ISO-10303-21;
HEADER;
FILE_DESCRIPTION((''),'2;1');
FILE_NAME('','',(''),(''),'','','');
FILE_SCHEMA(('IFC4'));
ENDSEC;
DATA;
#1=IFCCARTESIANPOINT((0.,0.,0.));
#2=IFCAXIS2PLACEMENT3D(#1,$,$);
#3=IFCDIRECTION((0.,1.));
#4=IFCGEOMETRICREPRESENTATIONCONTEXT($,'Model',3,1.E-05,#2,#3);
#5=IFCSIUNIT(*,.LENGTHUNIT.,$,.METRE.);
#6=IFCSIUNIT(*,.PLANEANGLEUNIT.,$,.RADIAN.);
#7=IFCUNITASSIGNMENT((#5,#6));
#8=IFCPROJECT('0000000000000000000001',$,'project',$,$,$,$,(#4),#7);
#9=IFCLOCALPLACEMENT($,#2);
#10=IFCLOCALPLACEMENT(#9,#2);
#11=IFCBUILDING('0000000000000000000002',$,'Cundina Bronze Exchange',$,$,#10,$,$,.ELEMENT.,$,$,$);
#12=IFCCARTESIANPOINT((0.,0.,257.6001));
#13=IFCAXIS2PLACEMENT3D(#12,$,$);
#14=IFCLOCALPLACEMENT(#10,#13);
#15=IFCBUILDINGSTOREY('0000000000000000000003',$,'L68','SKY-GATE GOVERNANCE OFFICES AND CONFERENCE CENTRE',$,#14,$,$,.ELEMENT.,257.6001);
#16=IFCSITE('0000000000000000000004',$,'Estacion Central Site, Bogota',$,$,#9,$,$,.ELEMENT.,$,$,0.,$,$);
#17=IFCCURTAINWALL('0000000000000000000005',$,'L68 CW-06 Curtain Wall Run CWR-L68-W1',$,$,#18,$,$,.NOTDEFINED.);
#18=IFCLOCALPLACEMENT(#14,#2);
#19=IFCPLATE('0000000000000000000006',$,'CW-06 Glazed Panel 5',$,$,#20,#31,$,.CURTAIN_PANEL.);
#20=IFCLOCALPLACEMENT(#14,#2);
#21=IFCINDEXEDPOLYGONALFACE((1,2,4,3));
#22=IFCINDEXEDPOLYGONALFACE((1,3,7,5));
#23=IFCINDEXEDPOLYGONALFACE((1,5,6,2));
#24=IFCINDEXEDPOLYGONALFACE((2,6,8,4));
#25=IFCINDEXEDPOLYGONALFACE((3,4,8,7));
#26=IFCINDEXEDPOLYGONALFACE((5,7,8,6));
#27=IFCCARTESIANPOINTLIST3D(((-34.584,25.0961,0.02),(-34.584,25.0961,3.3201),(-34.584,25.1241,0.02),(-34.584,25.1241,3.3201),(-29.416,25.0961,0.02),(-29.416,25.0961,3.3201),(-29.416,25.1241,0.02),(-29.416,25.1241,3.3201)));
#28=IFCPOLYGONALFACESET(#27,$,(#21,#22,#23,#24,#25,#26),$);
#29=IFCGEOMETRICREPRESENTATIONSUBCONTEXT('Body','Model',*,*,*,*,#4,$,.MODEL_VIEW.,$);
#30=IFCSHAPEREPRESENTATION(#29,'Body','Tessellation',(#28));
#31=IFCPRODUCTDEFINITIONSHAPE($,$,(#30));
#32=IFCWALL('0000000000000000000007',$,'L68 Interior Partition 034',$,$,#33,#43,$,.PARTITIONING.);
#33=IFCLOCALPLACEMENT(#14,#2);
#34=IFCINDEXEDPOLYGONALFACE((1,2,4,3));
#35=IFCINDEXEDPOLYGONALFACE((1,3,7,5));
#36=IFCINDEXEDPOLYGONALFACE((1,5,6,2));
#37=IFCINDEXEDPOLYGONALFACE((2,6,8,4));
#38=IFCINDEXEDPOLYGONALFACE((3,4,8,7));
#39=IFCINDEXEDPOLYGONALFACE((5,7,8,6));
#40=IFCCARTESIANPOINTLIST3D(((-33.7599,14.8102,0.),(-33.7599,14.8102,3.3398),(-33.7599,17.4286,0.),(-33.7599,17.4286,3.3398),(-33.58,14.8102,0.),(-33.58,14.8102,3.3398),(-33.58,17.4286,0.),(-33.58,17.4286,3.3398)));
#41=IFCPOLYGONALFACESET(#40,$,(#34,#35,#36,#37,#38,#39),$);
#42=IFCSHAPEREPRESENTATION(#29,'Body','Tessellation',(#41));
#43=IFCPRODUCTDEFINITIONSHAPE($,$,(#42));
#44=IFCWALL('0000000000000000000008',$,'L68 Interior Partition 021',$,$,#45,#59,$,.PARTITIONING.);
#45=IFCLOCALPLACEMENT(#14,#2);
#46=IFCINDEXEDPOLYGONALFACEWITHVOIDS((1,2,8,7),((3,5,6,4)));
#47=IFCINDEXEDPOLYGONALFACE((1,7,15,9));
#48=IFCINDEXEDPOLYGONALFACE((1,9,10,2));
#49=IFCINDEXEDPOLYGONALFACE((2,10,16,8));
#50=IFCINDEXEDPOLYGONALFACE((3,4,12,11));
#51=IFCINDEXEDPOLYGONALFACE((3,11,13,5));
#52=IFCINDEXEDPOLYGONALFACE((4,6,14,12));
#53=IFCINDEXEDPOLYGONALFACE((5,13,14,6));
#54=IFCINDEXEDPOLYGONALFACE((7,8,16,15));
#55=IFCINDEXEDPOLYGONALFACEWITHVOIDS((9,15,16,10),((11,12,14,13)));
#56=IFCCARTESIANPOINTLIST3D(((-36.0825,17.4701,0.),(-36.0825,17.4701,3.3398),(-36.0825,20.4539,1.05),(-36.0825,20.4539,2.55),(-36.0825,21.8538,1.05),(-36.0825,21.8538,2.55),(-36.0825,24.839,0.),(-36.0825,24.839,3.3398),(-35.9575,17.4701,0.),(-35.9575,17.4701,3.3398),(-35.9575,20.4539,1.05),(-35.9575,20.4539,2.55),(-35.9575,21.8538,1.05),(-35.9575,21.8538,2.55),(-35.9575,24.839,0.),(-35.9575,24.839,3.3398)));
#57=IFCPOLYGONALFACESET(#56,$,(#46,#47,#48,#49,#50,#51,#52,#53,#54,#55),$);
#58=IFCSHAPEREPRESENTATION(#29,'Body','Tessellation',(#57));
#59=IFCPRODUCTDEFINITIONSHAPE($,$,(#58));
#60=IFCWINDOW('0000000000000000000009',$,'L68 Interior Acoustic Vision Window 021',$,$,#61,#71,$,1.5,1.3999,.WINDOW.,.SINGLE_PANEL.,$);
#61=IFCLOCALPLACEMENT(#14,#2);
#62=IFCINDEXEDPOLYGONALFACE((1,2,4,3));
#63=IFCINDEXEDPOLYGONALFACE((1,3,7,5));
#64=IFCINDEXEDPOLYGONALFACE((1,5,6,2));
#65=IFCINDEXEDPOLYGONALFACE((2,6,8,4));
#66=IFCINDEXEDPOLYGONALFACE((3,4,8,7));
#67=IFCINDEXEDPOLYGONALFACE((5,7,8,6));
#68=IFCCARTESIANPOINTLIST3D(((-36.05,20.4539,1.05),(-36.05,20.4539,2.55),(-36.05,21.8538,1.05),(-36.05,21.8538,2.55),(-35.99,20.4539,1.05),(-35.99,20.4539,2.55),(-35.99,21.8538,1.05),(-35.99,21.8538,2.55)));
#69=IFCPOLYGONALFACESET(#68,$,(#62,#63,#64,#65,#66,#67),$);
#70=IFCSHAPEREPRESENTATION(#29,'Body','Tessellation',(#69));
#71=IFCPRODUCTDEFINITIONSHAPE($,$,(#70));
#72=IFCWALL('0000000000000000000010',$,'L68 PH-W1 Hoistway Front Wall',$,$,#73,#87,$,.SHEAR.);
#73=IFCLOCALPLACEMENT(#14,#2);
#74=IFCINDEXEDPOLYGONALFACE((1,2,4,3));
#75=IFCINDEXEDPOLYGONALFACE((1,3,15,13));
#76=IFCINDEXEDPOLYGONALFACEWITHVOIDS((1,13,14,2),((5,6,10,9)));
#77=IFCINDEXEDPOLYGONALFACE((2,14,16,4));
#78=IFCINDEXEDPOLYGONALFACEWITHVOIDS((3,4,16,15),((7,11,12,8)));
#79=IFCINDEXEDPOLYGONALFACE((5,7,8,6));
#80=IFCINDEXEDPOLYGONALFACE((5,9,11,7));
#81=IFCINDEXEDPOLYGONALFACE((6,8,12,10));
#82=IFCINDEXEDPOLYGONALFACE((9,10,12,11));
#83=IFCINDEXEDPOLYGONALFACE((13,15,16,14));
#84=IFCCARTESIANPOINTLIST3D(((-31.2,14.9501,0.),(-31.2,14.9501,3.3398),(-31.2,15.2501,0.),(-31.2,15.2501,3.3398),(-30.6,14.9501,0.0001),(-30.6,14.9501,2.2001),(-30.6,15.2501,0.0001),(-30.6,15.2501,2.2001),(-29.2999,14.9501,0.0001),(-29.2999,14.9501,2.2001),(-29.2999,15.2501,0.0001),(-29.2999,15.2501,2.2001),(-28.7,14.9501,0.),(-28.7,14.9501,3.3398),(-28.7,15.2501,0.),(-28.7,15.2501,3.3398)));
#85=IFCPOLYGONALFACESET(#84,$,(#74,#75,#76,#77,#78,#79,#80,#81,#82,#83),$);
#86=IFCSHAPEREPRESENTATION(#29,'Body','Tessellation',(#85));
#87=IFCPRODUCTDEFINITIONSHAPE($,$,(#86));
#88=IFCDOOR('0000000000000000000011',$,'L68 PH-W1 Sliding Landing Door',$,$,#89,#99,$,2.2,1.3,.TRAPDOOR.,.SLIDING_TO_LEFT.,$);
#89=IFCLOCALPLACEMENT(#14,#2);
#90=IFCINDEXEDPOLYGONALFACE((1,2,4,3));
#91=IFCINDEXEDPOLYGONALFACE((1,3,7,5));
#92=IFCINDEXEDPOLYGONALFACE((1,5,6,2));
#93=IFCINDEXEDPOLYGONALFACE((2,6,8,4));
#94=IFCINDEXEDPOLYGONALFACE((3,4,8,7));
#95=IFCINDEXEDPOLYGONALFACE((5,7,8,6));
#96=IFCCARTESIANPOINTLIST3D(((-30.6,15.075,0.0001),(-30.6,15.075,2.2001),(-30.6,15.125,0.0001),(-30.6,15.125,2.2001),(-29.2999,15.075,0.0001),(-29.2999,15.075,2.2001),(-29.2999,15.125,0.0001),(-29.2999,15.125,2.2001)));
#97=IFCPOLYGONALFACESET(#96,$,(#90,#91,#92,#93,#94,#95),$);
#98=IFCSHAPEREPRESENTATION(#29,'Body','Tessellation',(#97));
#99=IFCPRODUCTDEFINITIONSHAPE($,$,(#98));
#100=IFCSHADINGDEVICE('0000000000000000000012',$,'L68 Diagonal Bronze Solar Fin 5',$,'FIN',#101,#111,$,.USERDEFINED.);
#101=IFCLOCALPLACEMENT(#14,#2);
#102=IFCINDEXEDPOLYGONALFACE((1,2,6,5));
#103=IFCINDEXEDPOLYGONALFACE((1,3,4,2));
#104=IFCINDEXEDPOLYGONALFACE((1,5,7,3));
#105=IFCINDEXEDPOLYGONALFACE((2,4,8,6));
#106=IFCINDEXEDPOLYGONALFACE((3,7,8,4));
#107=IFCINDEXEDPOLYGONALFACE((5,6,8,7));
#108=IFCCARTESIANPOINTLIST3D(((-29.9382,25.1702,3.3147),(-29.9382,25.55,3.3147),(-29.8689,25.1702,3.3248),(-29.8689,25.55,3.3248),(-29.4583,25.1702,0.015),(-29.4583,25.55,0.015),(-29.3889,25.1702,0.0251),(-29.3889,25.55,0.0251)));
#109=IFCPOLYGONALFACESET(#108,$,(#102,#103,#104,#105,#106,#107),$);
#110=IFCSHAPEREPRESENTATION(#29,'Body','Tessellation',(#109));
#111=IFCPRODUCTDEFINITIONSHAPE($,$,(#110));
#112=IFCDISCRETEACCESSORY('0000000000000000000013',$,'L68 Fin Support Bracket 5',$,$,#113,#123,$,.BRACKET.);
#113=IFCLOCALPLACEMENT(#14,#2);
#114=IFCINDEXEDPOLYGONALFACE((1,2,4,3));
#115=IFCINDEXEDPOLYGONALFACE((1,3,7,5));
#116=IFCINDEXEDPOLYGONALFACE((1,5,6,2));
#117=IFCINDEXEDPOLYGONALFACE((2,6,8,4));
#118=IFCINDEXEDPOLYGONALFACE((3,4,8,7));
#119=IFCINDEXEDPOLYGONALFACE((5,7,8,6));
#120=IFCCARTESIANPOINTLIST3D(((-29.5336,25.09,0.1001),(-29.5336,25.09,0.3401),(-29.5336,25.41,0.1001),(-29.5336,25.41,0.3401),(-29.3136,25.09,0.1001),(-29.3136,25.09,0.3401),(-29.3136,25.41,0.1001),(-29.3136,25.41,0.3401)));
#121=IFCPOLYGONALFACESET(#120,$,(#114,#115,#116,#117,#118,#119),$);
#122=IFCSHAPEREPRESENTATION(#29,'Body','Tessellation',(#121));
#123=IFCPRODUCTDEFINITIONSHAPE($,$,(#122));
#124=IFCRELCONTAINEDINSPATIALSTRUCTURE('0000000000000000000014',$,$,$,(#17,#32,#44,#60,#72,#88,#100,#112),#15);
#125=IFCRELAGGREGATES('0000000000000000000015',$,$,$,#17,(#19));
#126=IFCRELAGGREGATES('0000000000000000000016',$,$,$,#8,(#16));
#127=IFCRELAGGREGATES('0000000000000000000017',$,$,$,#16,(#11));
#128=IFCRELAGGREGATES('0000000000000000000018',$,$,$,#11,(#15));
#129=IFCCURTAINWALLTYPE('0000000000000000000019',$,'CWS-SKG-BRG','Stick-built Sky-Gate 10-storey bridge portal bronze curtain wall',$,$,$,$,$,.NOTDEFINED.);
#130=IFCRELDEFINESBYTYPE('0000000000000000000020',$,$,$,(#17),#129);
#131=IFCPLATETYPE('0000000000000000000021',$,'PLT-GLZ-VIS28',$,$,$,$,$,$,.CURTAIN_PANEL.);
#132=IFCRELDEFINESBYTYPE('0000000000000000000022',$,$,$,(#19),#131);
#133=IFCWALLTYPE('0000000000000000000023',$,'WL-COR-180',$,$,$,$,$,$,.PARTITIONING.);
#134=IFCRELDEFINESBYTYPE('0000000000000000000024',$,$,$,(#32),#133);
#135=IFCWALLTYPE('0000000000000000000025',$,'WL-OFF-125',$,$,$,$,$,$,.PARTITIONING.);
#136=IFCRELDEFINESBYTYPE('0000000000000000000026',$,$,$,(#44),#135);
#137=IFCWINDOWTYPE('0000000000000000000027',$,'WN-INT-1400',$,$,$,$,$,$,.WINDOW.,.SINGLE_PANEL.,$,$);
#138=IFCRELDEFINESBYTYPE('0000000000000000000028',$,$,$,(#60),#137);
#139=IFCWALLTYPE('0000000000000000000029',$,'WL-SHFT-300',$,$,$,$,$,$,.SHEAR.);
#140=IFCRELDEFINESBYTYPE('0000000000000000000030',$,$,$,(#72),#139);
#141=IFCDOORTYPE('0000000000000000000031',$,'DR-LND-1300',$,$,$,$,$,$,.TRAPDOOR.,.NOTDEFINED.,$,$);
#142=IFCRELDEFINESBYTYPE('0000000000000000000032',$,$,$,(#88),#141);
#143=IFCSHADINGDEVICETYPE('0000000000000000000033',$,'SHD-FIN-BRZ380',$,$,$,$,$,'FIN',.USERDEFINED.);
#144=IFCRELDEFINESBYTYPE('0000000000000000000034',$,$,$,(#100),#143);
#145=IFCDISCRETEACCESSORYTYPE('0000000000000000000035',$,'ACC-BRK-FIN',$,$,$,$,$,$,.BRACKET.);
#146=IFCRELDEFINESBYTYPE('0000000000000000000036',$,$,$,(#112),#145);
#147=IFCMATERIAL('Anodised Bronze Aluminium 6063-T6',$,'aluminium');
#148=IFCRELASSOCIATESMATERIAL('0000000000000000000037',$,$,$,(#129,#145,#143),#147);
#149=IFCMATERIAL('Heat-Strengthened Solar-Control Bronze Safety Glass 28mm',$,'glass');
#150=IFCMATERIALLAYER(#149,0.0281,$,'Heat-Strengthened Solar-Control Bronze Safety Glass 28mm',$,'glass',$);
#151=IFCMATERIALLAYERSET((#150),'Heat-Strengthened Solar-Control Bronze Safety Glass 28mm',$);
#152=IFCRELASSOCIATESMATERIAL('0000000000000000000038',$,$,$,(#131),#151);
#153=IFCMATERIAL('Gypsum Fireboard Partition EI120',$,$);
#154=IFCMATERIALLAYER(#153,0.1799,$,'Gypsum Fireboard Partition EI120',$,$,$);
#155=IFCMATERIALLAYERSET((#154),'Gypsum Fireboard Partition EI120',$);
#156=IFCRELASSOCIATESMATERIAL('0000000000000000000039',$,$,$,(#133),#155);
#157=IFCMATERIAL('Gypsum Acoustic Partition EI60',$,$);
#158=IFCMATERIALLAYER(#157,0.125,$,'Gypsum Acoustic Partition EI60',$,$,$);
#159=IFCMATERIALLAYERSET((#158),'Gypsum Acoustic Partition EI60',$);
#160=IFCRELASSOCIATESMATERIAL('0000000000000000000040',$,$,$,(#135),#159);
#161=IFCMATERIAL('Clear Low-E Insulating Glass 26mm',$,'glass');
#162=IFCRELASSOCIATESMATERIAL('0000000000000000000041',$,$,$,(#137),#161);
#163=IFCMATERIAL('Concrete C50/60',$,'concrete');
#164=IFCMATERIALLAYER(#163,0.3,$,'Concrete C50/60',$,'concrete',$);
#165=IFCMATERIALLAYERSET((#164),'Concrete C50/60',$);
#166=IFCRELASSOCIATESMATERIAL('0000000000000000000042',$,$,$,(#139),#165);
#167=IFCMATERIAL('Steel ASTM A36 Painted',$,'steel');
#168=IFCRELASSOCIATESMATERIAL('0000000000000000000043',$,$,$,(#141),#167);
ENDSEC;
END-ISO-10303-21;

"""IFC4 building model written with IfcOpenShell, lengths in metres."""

from ifc_helpers import new_model, si_unit, direction, frame, frame_2d, origin, origin_2d, place, context, subcontext, project, spatial, rectangle, extrude, material, layer, layer_set, material_profile, profile_set, type_object, element, fill, aggregate, save


model = new_model("IFC4")

# Units and contexts
model_context = context("Model", 3, precision=1e-05, world=origin(), true_north=direction((0.0, 1.0)))
body_context = subcontext(model_context, "Body", "Model", "MODEL_VIEW")
ifc_project = project(units=[si_unit("LENGTHUNIT", "METRE"), si_unit("PLANEANGLEUNIT", "RADIAN")], contexts=[model_context])

# Site, building, storey
site_placement = place(None, origin())
site = spatial("IfcSite", under=ifc_project, at=site_placement, Name="Estacion Central Site, Bogota", CompositionType="ELEMENT", RefElevation=0.0)
building_placement = place(site_placement, origin())
building = spatial("IfcBuilding", under=site, at=building_placement, Name="Cundina Bronze Exchange", CompositionType="ELEMENT")
storey_placement = place(building_placement, frame((0.0, 0.0, 257.6001)))
storey = spatial("IfcBuildingStorey", under=building, at=storey_placement, Name="L68", Description="SKY-GATE GOVERNANCE OFFICES AND CONFERENCE CENTRE", CompositionType="ELEMENT", Elevation=257.6001)

# Shared definitions
ifc_material_1 = material(Name="Concrete C50/60", Category="concrete")

# Curtain wall, plate
ifc_material_2 = material(Name="Anodised Bronze Aluminium 6063-T6", Category="aluminium")
curtain_wall_type = type_object("IfcCurtainWallType", Name="CWS-SKG-BRG", Description="Stick-built Sky-Gate 10-storey bridge portal bronze curtain wall", PredefinedType="NOTDEFINED", material=ifc_material_2)
curtain_wall_placement = place(storey_placement, origin())
curtain_wall = element("IfcCurtainWall", 1, at=curtain_wall_placement, inside=storey, type_object=curtain_wall_type, Name="L68 CW-06 Curtain Wall Run CWR-L68-W1", PredefinedType="NOTDEFINED")
ifc_material_3 = material(Name="Heat-Strengthened Solar-Control Bronze Safety Glass 28mm", Category="glass")
ifc_layer_1 = layer(ifc_material_3, 0.0281, Name="Heat-Strengthened Solar-Control Bronze Safety Glass 28mm", Category="glass")
ifc_layer_set_1 = layer_set([ifc_layer_1], Name="Heat-Strengthened Solar-Control Bronze Safety Glass 28mm")
plate_type = type_object("IfcPlateType", Name="PLT-GLZ-VIS28", PredefinedType="CURTAIN_PANEL", material=ifc_layer_set_1)
plate_placement = place(storey_placement, frame((-32.0, 25.1101, 0.02), z_axis=(0.0, 0.0, 1.0), x_axis=(-1.0, 0.0, 0.0)))
plate = element("IfcPlate", 2, at=plate_placement, type_object=plate_type, Name="CW-06 Glazed Panel 5", PredefinedType="CURTAIN_PANEL", context=body_context, shape_type="SweptSolid", body=[
    extrude(rectangle(XDim=5.168, YDim=0.0281, at=origin_2d()), origin(), (0.0, 0.0, 1.0), 3.3),
])
aggregate(curtain_wall, [plate])

# Wall
ifc_material_4 = material(Name="Gypsum Fireboard Partition EI120")
ifc_layer_2 = layer(ifc_material_4, 0.1799, Name="Gypsum Fireboard Partition EI120")
ifc_layer_set_2 = layer_set([ifc_layer_2], Name="Gypsum Fireboard Partition EI120")
wall_type_1 = type_object("IfcWallType", Name="WL-COR-180", PredefinedType="PARTITIONING", material=ifc_layer_set_2)
wall_1_placement = place(storey_placement, frame((-33.6699, 17.4285, 0.0), z_axis=(0.0, 0.0, 1.0), x_axis=(0.0, -1.0, 0.0)))
element("IfcWall", 3, at=wall_1_placement, inside=storey, type_object=wall_type_1, Name="L68 Interior Partition 034", PredefinedType="PARTITIONING", context=body_context, shape_type="SweptSolid", body=[
    extrude(rectangle(XDim=2.6184, YDim=0.1799, at=frame_2d((1.3091, 0.0))), origin(), (0.0, 0.0, 1.0), 3.3398),
])

# Wall, opening, window
ifc_material_5 = material(Name="Gypsum Acoustic Partition EI60")
ifc_layer_3 = layer(ifc_material_5, 0.125, Name="Gypsum Acoustic Partition EI60")
ifc_layer_set_3 = layer_set([ifc_layer_3], Name="Gypsum Acoustic Partition EI60")
wall_type_2 = type_object("IfcWallType", Name="WL-OFF-125", PredefinedType="PARTITIONING", material=ifc_layer_set_3)
wall_2_placement = place(storey_placement, frame((-36.02, 17.47, 0.0), z_axis=(0.0, 0.0, 1.0), x_axis=(0.0, 1.0, 0.0)))
wall_2 = element("IfcWall", 4, at=wall_2_placement, inside=storey, type_object=wall_type_2, Name="L68 Interior Partition 021", PredefinedType="PARTITIONING", context=body_context, shape_type="SweptSolid", body=[
    extrude(rectangle(XDim=7.3689, YDim=0.125, at=frame_2d((3.6846, 0.0))), origin(), (0.0, 0.0, 1.0), 3.3398),
])
opening_1_placement = place(wall_2_placement, frame((2.9839, 0.0, 1.05)))
opening_1 = element("IfcOpeningElement", 5, at=opening_1_placement, cuts=wall_2, PredefinedType="OPENING", context=body_context, shape_type="SweptSolid", body=[
    extrude(rectangle(XDim=1.3999, YDim=1.5, at=frame_2d((0.7, 0.75))), frame((0.0, 0.0725, 0.0), z_axis=(0.0, -1.0, 0.0), x_axis=(1.0, 0.0, 0.0)), (0.0, 0.0, 1.0), 0.145),
])
ifc_material_6 = material(Name="Clear Low-E Insulating Glass 26mm", Category="glass")
window_type = type_object("IfcWindowType", Name="WN-INT-1400", PartitioningType="SINGLE_PANEL", PredefinedType="WINDOW", material=ifc_material_6)
window_placement = place(opening_1_placement, origin())
window = element("IfcWindow", 6, at=window_placement, inside=storey, type_object=window_type, Name="L68 Interior Acoustic Vision Window 021", OverallHeight=1.5, OverallWidth=1.3999, PartitioningType="SINGLE_PANEL", PredefinedType="WINDOW", context=body_context, shape_type="SweptSolid", body=[
    extrude(rectangle(XDim=1.3999, YDim=1.5, at=frame_2d((0.7, 0.75))), frame((0.0, 0.03, 0.0), z_axis=(0.0, -1.0, 0.0), x_axis=(1.0, 0.0, 0.0)), (0.0, 0.0, 1.0), 0.0601),
])
fill(opening_1, window)

# Wall, opening, door
ifc_layer_4 = layer(ifc_material_1, 0.3, Name="Concrete C50/60", Category="concrete")
ifc_layer_set_4 = layer_set([ifc_layer_4], Name="Concrete C50/60")
wall_type_3 = type_object("IfcWallType", Name="WL-SHFT-300", PredefinedType="SHEAR", material=ifc_layer_set_4)
wall_3_placement = place(storey_placement, frame((-31.2, 15.1001, 0.0), z_axis=(0.0, 0.0, 1.0), x_axis=(1.0, 0.0, 0.0)))
wall_3 = element("IfcWall", 7, at=wall_3_placement, inside=storey, type_object=wall_type_3, Name="L68 PH-W1 Hoistway Front Wall", PredefinedType="SHEAR", context=body_context, shape_type="SweptSolid", body=[
    extrude(rectangle(XDim=2.5, YDim=0.3, at=frame_2d((1.25, 0.0))), origin(), (0.0, 0.0, 1.0), 3.3398),
])
opening_2_placement = place(wall_3_placement, frame((0.6001, 0.0, 0.0)))
opening_2 = element("IfcOpeningElement", 8, at=opening_2_placement, cuts=wall_3, PredefinedType="OPENING", context=body_context, shape_type="SweptSolid", body=[
    extrude(rectangle(XDim=1.3, YDim=2.2, at=frame_2d((0.6499, 1.1001))), frame((0.0, 0.1599, 0.0), z_axis=(0.0, -1.0, 0.0), x_axis=(1.0, 0.0, 0.0)), (0.0, 0.0, 1.0), 0.3201),
])
ifc_material_7 = material(Name="Steel ASTM A36 Painted", Category="steel")
door_type = type_object("IfcDoorType", Name="DR-LND-1300", OperationType="NOTDEFINED", PredefinedType="TRAPDOOR", material=ifc_material_7)
door_placement = place(opening_2_placement, origin())
door = element("IfcDoor", 9, at=door_placement, inside=storey, type_object=door_type, Name="L68 PH-W1 Sliding Landing Door", OperationType="SLIDING_TO_LEFT", OverallHeight=2.2, OverallWidth=1.3, PredefinedType="TRAPDOOR", context=body_context, shape_type="SweptSolid", body=[
    extrude(rectangle(XDim=1.3, YDim=2.2, at=frame_2d((0.6499, 1.1001))), frame((0.0, 0.0249, 0.0), z_axis=(0.0, -1.0, 0.0), x_axis=(1.0, 0.0, 0.0)), (0.0, 0.0, 1.0), 0.05),
])
fill(opening_2, door)

# Shading device
ifc_material_profile_1 = material_profile(ifc_material_2, rectangle(XDim=0.0701, YDim=0.3799, at=origin_2d()), Name="FIN70X380", Category="aluminium")
ifc_profile_set_1 = profile_set([ifc_material_profile_1], Name="Anodised Bronze Aluminium 6063-T6")
shading_device_type = type_object("IfcShadingDeviceType", Name="SHD-FIN-BRZ380", ElementType="FIN", PredefinedType="USERDEFINED", material=ifc_profile_set_1)
shading_device_placement = place(storey_placement, frame((-29.4236, 25.3601, 0.02), z_axis=(-0.143942, 0.0, 0.989586), x_axis=(0.989586, 0.0, 0.143942)))
element("IfcShadingDevice", 10, at=shading_device_placement, inside=storey, type_object=shading_device_type, Name="L68 Diagonal Bronze Solar Fin 5", ObjectType="FIN", PredefinedType="USERDEFINED", context=body_context, shape_type="SweptSolid", body=[
    extrude(rectangle(XDim=0.0701, YDim=0.3799, at=origin_2d()), origin(), (0.0, 0.0, 1.0), 3.3345),
])

# Discrete accessory
discrete_accessory_type = type_object("IfcDiscreteAccessoryType", Name="ACC-BRK-FIN", PredefinedType="BRACKET", material=ifc_material_2)
discrete_accessory_placement = place(storey_placement, frame((-29.4236, 25.25, 0.1001), z_axis=(0.0, 0.0, 1.0), x_axis=(-1.0, 0.0, 0.0)))
element("IfcDiscreteAccessory", 11, at=discrete_accessory_placement, inside=storey, type_object=discrete_accessory_type, Name="L68 Fin Support Bracket 5", PredefinedType="BRACKET", context=body_context, shape_type="SweptSolid", body=[
    extrude(rectangle(XDim=0.22, YDim=0.3201, at=origin_2d()), origin(), (0.0, 0.0, 1.0), 0.24),
])

save(model, "model.ifc")
